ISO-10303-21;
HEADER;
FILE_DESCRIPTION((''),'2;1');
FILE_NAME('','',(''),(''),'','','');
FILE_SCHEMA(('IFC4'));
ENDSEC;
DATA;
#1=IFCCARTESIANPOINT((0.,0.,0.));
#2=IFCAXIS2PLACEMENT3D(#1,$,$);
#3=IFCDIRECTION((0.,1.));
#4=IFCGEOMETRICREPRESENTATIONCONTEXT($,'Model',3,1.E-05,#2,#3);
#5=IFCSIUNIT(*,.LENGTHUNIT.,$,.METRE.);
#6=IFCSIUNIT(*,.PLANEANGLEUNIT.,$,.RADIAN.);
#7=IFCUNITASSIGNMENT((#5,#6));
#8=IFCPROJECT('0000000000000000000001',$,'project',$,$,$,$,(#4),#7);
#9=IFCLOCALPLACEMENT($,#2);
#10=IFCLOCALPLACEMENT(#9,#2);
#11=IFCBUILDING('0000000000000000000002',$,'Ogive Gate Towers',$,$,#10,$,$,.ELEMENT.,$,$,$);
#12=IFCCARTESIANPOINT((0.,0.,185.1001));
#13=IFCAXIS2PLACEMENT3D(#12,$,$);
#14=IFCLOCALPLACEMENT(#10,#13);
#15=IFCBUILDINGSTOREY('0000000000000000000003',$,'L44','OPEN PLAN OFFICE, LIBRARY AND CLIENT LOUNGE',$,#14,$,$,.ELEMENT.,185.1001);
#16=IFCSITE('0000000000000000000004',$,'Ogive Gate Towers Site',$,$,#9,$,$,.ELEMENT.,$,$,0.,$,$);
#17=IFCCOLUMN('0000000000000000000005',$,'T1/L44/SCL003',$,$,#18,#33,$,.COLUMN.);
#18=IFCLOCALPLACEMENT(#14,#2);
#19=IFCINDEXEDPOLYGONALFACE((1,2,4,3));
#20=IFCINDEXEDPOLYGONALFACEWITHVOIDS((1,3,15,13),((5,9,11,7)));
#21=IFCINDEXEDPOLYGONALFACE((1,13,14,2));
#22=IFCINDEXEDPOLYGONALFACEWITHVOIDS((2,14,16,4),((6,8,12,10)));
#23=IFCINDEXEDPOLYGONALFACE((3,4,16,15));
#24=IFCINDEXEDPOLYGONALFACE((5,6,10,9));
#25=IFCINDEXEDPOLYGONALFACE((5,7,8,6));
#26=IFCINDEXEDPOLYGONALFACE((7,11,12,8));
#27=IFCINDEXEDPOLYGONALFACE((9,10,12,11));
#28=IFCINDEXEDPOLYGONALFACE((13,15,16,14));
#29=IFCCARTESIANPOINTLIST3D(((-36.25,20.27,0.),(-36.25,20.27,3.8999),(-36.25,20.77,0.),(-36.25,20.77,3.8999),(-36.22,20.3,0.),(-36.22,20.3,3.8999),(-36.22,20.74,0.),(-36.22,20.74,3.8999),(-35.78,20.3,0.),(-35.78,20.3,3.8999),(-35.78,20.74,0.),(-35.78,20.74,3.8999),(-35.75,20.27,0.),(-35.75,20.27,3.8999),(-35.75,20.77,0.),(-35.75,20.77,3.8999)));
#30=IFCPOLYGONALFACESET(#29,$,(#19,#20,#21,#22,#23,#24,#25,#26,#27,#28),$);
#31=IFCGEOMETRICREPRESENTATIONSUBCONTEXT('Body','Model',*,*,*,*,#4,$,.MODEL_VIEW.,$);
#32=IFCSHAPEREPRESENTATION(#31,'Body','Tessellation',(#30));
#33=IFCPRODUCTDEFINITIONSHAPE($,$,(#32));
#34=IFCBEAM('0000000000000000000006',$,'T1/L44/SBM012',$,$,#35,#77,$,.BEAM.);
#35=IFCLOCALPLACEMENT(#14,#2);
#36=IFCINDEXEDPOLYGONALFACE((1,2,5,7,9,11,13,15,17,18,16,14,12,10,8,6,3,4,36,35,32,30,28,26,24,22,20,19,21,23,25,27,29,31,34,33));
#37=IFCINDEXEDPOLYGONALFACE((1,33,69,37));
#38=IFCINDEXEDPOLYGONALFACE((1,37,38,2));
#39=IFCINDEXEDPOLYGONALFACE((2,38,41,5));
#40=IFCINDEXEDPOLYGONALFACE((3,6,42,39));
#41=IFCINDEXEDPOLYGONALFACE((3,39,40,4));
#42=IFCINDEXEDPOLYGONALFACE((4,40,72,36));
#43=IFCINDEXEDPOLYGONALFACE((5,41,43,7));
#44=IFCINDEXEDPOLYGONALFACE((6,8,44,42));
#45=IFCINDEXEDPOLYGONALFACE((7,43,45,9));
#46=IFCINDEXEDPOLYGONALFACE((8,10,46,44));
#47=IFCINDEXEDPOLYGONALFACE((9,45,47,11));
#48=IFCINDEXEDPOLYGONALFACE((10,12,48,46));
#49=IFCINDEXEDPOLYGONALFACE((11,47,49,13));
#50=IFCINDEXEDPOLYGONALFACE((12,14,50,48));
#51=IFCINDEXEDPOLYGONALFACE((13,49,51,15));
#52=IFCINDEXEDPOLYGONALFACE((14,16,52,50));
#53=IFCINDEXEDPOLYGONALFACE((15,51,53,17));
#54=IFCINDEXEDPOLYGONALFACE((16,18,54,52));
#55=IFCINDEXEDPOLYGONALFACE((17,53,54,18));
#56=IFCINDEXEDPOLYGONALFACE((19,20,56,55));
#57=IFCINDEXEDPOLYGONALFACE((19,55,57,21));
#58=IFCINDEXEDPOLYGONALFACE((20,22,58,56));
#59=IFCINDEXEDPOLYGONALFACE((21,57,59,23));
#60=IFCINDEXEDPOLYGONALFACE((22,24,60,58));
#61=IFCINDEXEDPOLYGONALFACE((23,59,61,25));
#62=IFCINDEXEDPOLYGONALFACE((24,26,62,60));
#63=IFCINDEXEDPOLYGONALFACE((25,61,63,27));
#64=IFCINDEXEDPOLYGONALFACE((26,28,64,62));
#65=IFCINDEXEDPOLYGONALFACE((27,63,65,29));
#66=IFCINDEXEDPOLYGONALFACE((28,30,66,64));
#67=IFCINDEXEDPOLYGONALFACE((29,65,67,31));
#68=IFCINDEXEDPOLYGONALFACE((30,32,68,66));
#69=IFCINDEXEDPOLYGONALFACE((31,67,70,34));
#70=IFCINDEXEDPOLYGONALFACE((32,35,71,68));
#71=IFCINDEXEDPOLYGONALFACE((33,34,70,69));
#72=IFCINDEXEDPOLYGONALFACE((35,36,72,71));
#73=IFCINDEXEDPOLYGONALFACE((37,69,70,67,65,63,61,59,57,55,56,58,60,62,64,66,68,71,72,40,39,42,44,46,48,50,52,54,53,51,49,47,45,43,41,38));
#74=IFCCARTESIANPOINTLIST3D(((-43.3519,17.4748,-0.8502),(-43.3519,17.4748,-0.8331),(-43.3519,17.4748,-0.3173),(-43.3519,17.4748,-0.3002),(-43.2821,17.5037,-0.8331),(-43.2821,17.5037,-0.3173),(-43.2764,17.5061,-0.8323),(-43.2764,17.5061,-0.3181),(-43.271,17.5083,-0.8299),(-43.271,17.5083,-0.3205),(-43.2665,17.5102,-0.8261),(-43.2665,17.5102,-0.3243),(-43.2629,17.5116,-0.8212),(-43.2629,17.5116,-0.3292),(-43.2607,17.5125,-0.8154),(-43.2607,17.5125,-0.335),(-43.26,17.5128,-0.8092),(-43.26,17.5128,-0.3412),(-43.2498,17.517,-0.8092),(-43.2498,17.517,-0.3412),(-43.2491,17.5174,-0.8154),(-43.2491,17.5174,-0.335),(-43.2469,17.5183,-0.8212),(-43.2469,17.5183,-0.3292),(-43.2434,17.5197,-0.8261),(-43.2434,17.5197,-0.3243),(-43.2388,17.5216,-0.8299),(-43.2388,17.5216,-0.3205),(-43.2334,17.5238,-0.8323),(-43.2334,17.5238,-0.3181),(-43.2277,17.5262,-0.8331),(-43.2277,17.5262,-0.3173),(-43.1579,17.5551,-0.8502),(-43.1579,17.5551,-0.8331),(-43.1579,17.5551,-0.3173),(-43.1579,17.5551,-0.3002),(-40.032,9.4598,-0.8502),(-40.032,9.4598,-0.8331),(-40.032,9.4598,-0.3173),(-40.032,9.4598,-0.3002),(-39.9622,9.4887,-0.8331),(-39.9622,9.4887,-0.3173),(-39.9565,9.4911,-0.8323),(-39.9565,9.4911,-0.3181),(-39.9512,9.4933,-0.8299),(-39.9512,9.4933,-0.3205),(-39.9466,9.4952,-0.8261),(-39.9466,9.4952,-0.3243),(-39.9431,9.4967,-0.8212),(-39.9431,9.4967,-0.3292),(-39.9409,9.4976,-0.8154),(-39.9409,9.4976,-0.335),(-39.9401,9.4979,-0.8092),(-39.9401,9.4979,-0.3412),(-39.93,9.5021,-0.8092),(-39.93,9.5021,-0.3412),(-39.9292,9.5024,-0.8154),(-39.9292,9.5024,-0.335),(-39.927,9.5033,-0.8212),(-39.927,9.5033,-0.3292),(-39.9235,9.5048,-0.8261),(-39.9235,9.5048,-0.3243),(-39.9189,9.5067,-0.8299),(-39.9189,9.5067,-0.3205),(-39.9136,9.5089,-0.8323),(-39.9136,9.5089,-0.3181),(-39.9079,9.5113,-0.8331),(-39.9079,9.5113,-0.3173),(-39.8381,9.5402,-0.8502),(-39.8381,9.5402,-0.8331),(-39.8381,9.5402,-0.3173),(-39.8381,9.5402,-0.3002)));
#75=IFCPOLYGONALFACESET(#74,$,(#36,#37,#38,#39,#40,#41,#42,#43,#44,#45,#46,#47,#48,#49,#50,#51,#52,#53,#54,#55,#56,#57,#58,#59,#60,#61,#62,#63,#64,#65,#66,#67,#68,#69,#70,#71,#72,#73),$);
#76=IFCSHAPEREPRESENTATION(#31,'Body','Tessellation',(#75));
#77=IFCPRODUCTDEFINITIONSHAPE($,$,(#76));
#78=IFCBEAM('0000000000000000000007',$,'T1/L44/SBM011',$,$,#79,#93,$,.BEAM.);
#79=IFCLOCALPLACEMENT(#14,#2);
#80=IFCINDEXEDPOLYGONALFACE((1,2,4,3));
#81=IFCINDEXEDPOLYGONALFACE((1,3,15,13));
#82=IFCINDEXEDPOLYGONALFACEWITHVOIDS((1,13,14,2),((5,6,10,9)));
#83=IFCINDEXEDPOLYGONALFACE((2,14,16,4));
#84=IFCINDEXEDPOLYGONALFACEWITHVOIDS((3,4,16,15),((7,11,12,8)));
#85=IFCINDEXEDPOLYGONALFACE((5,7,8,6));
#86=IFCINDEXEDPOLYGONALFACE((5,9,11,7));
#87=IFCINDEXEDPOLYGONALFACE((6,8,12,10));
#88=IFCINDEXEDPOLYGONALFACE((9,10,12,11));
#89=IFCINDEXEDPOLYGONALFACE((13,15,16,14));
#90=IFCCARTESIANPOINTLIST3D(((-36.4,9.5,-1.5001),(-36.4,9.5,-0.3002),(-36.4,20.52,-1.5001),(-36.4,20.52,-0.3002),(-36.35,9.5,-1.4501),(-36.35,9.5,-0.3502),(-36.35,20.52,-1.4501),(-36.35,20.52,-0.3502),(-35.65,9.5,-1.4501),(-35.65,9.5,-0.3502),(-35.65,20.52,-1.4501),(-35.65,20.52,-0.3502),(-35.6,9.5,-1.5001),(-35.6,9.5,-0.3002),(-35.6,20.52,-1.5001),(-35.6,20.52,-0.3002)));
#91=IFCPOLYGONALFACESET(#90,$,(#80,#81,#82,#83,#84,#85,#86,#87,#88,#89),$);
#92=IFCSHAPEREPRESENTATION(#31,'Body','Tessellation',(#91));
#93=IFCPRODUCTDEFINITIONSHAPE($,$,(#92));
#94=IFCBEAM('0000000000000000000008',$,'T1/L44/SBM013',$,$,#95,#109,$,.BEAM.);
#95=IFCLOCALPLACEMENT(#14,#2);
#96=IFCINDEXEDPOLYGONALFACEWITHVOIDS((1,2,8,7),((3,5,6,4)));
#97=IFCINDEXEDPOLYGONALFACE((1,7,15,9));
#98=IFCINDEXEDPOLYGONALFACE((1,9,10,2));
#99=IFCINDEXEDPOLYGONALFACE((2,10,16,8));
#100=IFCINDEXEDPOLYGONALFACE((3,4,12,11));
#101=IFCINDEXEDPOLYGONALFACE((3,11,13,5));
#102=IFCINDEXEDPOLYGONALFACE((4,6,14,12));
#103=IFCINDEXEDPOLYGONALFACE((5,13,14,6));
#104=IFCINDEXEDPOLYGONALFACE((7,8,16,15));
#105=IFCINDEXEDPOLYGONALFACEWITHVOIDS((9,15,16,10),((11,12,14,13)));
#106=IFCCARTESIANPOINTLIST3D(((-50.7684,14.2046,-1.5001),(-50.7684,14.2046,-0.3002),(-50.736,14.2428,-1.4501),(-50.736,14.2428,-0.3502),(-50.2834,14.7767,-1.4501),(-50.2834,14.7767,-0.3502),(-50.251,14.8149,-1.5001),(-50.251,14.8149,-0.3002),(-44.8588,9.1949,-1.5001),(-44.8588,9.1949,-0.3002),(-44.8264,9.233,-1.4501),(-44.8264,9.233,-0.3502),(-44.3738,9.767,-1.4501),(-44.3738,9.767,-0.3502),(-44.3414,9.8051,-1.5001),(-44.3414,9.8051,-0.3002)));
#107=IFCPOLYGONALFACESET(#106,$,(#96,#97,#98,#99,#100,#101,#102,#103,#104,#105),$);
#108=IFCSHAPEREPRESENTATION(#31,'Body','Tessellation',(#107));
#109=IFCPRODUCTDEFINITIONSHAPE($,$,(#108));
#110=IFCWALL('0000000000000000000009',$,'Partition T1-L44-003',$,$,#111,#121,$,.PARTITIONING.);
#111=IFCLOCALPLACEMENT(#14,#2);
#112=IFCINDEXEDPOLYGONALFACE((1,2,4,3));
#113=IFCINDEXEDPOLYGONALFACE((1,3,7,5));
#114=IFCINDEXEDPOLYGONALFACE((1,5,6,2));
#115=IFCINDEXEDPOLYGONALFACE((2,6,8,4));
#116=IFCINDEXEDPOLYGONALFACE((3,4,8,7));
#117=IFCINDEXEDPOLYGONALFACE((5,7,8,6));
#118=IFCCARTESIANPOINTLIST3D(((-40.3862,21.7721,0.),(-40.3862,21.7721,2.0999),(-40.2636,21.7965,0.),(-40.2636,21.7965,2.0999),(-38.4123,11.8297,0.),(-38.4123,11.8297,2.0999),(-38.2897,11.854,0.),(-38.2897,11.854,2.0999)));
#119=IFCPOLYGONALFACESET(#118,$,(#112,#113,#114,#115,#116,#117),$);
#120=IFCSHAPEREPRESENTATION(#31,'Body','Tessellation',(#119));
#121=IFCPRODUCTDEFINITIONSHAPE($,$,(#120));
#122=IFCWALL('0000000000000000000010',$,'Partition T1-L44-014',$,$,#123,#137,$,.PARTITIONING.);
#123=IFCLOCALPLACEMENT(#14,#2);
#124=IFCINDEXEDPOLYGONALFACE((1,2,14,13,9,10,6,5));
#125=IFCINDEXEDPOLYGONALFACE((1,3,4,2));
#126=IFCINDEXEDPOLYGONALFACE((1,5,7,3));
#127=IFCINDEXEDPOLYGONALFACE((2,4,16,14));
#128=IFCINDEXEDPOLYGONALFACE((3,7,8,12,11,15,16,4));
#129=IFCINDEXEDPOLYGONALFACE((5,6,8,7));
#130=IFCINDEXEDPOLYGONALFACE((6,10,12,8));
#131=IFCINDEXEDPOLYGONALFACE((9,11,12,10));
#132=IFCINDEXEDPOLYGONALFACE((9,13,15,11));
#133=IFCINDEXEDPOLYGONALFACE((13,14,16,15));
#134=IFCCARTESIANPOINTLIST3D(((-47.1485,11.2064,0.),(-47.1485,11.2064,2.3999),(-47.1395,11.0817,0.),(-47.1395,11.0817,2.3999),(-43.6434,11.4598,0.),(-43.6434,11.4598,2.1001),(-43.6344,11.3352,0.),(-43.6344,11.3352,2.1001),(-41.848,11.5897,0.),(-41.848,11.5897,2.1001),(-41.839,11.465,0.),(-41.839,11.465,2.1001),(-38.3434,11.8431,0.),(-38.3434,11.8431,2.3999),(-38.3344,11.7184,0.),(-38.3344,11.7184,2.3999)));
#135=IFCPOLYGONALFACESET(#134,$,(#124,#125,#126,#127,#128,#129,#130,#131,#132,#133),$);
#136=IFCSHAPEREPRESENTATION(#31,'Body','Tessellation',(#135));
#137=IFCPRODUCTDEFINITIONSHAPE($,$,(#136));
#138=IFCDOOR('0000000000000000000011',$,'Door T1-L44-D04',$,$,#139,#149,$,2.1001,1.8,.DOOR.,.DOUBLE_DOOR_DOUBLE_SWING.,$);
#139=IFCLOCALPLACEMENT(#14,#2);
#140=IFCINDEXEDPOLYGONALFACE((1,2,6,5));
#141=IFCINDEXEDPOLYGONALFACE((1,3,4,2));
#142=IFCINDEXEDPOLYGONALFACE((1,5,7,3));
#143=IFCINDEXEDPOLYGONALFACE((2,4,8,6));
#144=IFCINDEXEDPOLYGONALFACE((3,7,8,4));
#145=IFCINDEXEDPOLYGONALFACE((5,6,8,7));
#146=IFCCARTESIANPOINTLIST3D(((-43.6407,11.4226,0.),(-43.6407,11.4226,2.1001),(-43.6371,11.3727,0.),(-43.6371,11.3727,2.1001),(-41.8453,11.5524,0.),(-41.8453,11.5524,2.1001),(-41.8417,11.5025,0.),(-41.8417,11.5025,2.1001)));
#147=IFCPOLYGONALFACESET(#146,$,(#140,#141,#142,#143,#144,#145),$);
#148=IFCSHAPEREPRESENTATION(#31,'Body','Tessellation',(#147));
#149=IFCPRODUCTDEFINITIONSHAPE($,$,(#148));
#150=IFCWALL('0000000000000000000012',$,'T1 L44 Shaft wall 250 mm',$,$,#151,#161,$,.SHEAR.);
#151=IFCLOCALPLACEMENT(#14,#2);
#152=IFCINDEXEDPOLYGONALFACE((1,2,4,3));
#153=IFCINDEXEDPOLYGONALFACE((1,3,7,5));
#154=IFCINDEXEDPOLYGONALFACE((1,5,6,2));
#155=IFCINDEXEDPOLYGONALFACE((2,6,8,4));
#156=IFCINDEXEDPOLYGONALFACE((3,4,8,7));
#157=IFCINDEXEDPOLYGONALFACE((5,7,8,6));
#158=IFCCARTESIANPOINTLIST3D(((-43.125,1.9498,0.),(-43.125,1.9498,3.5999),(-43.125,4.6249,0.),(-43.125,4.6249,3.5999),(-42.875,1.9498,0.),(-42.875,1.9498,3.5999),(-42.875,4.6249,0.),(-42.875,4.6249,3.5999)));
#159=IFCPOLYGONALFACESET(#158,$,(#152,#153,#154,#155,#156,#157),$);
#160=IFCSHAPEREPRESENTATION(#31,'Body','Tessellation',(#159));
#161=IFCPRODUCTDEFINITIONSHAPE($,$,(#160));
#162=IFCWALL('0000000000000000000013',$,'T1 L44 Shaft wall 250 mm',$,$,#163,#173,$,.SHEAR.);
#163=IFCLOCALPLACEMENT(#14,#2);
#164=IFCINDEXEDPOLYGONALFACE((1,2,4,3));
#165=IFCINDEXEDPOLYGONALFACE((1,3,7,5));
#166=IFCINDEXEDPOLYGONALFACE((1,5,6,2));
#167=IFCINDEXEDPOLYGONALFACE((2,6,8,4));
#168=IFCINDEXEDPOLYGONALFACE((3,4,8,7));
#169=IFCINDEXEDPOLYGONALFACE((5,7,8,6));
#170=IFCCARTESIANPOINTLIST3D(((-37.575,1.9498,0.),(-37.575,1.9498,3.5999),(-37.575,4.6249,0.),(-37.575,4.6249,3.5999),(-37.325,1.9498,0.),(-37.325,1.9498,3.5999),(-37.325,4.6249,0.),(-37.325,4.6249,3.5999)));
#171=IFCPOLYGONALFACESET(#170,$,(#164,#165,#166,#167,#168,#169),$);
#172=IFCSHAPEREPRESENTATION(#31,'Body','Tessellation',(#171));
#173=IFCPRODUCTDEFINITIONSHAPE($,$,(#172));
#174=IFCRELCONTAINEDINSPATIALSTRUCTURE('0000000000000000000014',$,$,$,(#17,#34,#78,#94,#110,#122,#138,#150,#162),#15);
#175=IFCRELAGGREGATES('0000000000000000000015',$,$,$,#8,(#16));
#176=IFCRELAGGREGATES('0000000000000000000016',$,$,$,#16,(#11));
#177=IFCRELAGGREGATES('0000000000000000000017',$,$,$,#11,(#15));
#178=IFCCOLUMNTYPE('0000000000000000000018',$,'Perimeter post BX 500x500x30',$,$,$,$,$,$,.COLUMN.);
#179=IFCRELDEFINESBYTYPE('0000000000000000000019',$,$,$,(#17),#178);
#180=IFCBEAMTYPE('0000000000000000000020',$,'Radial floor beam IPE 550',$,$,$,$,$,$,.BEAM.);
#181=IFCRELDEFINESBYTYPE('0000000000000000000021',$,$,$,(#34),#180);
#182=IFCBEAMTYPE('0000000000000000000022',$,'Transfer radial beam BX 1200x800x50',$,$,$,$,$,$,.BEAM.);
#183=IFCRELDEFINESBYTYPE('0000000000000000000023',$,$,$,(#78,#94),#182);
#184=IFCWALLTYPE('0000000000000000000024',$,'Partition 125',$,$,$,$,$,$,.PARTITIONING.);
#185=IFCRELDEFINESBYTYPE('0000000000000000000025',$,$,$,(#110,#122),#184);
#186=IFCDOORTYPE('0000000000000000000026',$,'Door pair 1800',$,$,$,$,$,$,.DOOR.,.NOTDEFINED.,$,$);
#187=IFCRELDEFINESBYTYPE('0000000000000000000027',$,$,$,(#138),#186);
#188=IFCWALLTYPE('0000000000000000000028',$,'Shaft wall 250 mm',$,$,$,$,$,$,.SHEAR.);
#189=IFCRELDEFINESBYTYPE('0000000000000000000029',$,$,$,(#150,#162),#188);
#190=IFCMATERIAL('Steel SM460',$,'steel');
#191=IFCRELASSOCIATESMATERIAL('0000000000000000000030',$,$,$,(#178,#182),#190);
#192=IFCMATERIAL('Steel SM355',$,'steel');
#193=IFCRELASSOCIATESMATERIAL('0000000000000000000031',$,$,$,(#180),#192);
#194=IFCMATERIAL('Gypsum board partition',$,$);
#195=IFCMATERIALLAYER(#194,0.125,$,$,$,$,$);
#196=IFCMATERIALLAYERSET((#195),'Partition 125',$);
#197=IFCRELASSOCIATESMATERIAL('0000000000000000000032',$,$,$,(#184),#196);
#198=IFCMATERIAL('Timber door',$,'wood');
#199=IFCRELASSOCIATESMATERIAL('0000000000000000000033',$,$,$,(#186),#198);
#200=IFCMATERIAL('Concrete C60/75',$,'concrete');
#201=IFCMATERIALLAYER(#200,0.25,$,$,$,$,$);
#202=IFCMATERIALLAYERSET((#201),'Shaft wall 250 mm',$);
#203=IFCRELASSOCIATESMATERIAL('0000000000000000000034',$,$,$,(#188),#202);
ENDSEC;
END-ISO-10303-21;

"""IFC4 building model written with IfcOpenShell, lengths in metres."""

from ifc_helpers import new_model, si_unit, direction, frame, frame_2d, origin, origin_2d, place, context, subcontext, project, spatial, rectangle, hollow_rectangle, i_section, extrude, material, layer, layer_set, material_profile, profile_set, type_object, element, fill, save


model = new_model("IFC4")

# Units and contexts
model_context = context("Model", 3, precision=1e-05, world=origin(), true_north=direction((0.0, 1.0)))
body_context = subcontext(model_context, "Body", "Model", "MODEL_VIEW")
ifc_project = project(units=[si_unit("LENGTHUNIT", "METRE"), si_unit("PLANEANGLEUNIT", "RADIAN")], contexts=[model_context])

# Site, building, storey
site_placement = place(None, origin())
site = spatial("IfcSite", under=ifc_project, at=site_placement, Name="Ogive Gate Towers Site", CompositionType="ELEMENT", RefElevation=0.0)
building_placement = place(site_placement, origin())
building = spatial("IfcBuilding", under=site, at=building_placement, Name="Ogive Gate Towers", CompositionType="ELEMENT")
storey_placement = place(building_placement, frame((0.0, 0.0, 185.1001)))
storey = spatial("IfcBuildingStorey", under=building, at=storey_placement, Name="L44", Description="OPEN PLAN OFFICE, LIBRARY AND CLIENT LOUNGE", CompositionType="ELEMENT", Elevation=185.1001)

# Column
ifc_material_1 = material(Name="Steel SM460", Category="steel")
ifc_material_profile_1 = material_profile(ifc_material_1, hollow_rectangle(XDim=0.5, YDim=0.5, WallThickness=0.03, at=origin_2d()), Name="BX 500x500x30")
ifc_profile_set_1 = profile_set([ifc_material_profile_1], Name="Steel SM460")
column_type = type_object("IfcColumnType", Name="Perimeter post BX 500x500x30", PredefinedType="COLUMN", material=ifc_profile_set_1)
column_placement = place(storey_placement, frame((-36.0, 20.52, 0.0), z_axis=(0.0, 0.0, 1.0), x_axis=(1.0, 0.0, 0.0)))
element("IfcColumn", 1, at=column_placement, inside=storey, type_object=column_type, Name="T1/L44/SCL003", PredefinedType="COLUMN", context=body_context, shape_type="SweptSolid", body=[
    extrude(hollow_rectangle(XDim=0.5, YDim=0.5, WallThickness=0.03, at=origin_2d()), origin(), (0.0, 0.0, 1.0), 3.8999),
])

# Beams
ifc_material_2 = material(Name="Steel SM355", Category="steel")
ifc_material_profile_2 = material_profile(ifc_material_2, i_section(OverallWidth=0.21, OverallDepth=0.55, WebThickness=0.011, FlangeThickness=0.0171, FilletRadius=0.0239, at=origin_2d()), Name="IPE 550")
ifc_profile_set_2 = profile_set([ifc_material_profile_2], Name="Steel SM355")
beam_type_1 = type_object("IfcBeamType", Name="Radial floor beam IPE 550", PredefinedType="BEAM", material=ifc_profile_set_2)
beam_1_placement = place(storey_placement, frame((-39.9351, 9.5, -0.5752), z_axis=(-0.382678, 0.923882, 0.0), x_axis=(-0.923882, -0.382678, 0.0)))
element("IfcBeam", 2, at=beam_1_placement, inside=storey, type_object=beam_type_1, Name="T1/L44/SBM012", PredefinedType="BEAM", context=body_context, shape_type="SweptSolid", body=[
    extrude(i_section(OverallWidth=0.21, OverallDepth=0.55, WebThickness=0.011, FlangeThickness=0.0171, FilletRadius=0.0239, at=origin_2d()), origin(), (0.0, 0.0, 1.0), 8.6753),
])
ifc_material_profile_3 = material_profile(ifc_material_1, hollow_rectangle(XDim=0.8, YDim=1.2, WallThickness=0.05, at=origin_2d()), Name="BX 1200x800x50")
ifc_profile_set_3 = profile_set([ifc_material_profile_3], Name="Steel SM460")
beam_type_2 = type_object("IfcBeamType", Name="Transfer radial beam BX 1200x800x50", PredefinedType="BEAM", material=ifc_profile_set_3)
beam_2_placement = place(storey_placement, frame((-36.0, 9.5, -0.9001), z_axis=(0.0, 1.0, 0.0), x_axis=(-1.0, 0.0, 0.0)))
element("IfcBeam", 3, at=beam_2_placement, inside=storey, type_object=beam_type_2, Name="T1/L44/SBM011", PredefinedType="BEAM", context=body_context, shape_type="SweptSolid", body=[
    extrude(hollow_rectangle(XDim=0.8, YDim=1.2, WallThickness=0.05, at=origin_2d()), origin(), (0.0, 0.0, 1.0), 11.02),
])
beam_3_placement = place(storey_placement, frame((-44.6001, 9.5, -0.9001), z_axis=(-0.762795, 0.64664, 0.0), x_axis=(-0.64664, -0.762795, 0.0)))
element("IfcBeam", 4, at=beam_3_placement, inside=storey, type_object=beam_type_2, Name="T1/L44/SBM013", PredefinedType="BEAM", context=body_context, shape_type="SweptSolid", body=[
    extrude(hollow_rectangle(XDim=0.8, YDim=1.2, WallThickness=0.05, at=origin_2d()), origin(), (0.0, 0.0, 1.0), 7.7473),
])

# Wall
ifc_material_3 = material(Name="Gypsum board partition")
ifc_layer_1 = layer(ifc_material_3, 0.125)
ifc_layer_set_1 = layer_set([ifc_layer_1], Name="Partition 125")
wall_type_1 = type_object("IfcWallType", Name="Partition 125", PredefinedType="PARTITIONING", material=ifc_layer_set_1)
wall_1_placement = place(storey_placement, frame((-40.325, 21.7844, 0.0), z_axis=(0.0, 0.0, 1.0), x_axis=(0.194731, -0.980857, 0.0)))
element("IfcWall", 5, at=wall_1_placement, inside=storey, type_object=wall_type_1, Name="Partition T1-L44-003", PredefinedType="PARTITIONING", context=body_context, shape_type="SweptSolid", body=[
    extrude(rectangle(XDim=10.1365, YDim=0.125, at=frame_2d((5.0684, 0.0))), origin(), (0.0, 0.0, 1.0), 2.0999),
])

# Wall, opening, door
wall_2_placement = place(storey_placement, frame((-38.3389, 11.7808, 0.0), z_axis=(0.0, 0.0, 1.0), x_axis=(-0.997396, -0.072124, 0.0)))
wall_2 = element("IfcWall", 6, at=wall_2_placement, inside=storey, type_object=wall_type_1, Name="Partition T1-L44-014", PredefinedType="PARTITIONING", context=body_context, shape_type="SweptSolid", body=[
    extrude(rectangle(XDim=8.8281, YDim=0.125, at=frame_2d((4.4141, 0.0))), origin(), (0.0, 0.0, 1.0), 2.3999),
])
opening_1_placement = place(wall_2_placement, frame((3.5139, 0.0, 0.0)))
opening_1 = element("IfcOpeningElement", 7, at=opening_1_placement, cuts=wall_2, PredefinedType="OPENING", context=body_context, shape_type="SweptSolid", body=[
    extrude(rectangle(XDim=1.8, YDim=2.1001, at=frame_2d((0.8999, 1.05))), frame((0.0, 0.0725, 0.0), z_axis=(0.0, -1.0, 0.0), x_axis=(1.0, 0.0, 0.0)), (0.0, 0.0, 1.0), 0.145),
])
ifc_material_4 = material(Name="Timber door", Category="wood")
door_type_1 = type_object("IfcDoorType", Name="Door pair 1800", OperationType="NOTDEFINED", PredefinedType="DOOR", material=ifc_material_4)
door_1_placement = place(opening_1_placement, origin())
door_1 = element("IfcDoor", 8, at=door_1_placement, inside=storey, type_object=door_type_1, Name="Door T1-L44-D04", OperationType="DOUBLE_DOOR_DOUBLE_SWING", OverallHeight=2.1001, OverallWidth=1.8, PredefinedType="DOOR", context=body_context, shape_type="SweptSolid", body=[
    extrude(rectangle(XDim=1.8, YDim=2.1001, at=frame_2d((0.8999, 1.05))), frame((0.0, 0.0249, 0.0), z_axis=(0.0, -1.0, 0.0), x_axis=(1.0, 0.0, 0.0)), (0.0, 0.0, 1.0), 0.05),
])
fill(opening_1, door_1)

# Walls
ifc_material_5 = material(Name="Concrete C60/75", Category="concrete")
ifc_layer_2 = layer(ifc_material_5, 0.25)
ifc_layer_set_2 = layer_set([ifc_layer_2], Name="Shaft wall 250 mm")
wall_type_2 = type_object("IfcWallType", Name="Shaft wall 250 mm", PredefinedType="SHEAR", material=ifc_layer_set_2)
for number, where, z_axis, x_axis, name in (
    (9, (-43.0, 1.95, 0.0), (0.0, 0.0, 1.0), (0.0, 1.0, 0.0), "T1 L44 Shaft wall 250 mm"),
    (10, (-37.45, 1.95, 0.0), (0.0, 0.0, 1.0), (0.0, 1.0, 0.0), "T1 L44 Shaft wall 250 mm"),
):
    element("IfcWall", number, at=place(storey_placement, frame(where, z_axis=z_axis, x_axis=x_axis)), inside=storey, type_object=wall_type_2, Name=name, PredefinedType="SHEAR", context=body_context, shape_type="SweptSolid", body=[
        extrude(rectangle(XDim=2.675, YDim=0.25, at=frame_2d((1.3374, 0.0))), origin(), (0.0, 0.0, 1.0), 3.5999),
    ])

save(model, "model.ifc")
